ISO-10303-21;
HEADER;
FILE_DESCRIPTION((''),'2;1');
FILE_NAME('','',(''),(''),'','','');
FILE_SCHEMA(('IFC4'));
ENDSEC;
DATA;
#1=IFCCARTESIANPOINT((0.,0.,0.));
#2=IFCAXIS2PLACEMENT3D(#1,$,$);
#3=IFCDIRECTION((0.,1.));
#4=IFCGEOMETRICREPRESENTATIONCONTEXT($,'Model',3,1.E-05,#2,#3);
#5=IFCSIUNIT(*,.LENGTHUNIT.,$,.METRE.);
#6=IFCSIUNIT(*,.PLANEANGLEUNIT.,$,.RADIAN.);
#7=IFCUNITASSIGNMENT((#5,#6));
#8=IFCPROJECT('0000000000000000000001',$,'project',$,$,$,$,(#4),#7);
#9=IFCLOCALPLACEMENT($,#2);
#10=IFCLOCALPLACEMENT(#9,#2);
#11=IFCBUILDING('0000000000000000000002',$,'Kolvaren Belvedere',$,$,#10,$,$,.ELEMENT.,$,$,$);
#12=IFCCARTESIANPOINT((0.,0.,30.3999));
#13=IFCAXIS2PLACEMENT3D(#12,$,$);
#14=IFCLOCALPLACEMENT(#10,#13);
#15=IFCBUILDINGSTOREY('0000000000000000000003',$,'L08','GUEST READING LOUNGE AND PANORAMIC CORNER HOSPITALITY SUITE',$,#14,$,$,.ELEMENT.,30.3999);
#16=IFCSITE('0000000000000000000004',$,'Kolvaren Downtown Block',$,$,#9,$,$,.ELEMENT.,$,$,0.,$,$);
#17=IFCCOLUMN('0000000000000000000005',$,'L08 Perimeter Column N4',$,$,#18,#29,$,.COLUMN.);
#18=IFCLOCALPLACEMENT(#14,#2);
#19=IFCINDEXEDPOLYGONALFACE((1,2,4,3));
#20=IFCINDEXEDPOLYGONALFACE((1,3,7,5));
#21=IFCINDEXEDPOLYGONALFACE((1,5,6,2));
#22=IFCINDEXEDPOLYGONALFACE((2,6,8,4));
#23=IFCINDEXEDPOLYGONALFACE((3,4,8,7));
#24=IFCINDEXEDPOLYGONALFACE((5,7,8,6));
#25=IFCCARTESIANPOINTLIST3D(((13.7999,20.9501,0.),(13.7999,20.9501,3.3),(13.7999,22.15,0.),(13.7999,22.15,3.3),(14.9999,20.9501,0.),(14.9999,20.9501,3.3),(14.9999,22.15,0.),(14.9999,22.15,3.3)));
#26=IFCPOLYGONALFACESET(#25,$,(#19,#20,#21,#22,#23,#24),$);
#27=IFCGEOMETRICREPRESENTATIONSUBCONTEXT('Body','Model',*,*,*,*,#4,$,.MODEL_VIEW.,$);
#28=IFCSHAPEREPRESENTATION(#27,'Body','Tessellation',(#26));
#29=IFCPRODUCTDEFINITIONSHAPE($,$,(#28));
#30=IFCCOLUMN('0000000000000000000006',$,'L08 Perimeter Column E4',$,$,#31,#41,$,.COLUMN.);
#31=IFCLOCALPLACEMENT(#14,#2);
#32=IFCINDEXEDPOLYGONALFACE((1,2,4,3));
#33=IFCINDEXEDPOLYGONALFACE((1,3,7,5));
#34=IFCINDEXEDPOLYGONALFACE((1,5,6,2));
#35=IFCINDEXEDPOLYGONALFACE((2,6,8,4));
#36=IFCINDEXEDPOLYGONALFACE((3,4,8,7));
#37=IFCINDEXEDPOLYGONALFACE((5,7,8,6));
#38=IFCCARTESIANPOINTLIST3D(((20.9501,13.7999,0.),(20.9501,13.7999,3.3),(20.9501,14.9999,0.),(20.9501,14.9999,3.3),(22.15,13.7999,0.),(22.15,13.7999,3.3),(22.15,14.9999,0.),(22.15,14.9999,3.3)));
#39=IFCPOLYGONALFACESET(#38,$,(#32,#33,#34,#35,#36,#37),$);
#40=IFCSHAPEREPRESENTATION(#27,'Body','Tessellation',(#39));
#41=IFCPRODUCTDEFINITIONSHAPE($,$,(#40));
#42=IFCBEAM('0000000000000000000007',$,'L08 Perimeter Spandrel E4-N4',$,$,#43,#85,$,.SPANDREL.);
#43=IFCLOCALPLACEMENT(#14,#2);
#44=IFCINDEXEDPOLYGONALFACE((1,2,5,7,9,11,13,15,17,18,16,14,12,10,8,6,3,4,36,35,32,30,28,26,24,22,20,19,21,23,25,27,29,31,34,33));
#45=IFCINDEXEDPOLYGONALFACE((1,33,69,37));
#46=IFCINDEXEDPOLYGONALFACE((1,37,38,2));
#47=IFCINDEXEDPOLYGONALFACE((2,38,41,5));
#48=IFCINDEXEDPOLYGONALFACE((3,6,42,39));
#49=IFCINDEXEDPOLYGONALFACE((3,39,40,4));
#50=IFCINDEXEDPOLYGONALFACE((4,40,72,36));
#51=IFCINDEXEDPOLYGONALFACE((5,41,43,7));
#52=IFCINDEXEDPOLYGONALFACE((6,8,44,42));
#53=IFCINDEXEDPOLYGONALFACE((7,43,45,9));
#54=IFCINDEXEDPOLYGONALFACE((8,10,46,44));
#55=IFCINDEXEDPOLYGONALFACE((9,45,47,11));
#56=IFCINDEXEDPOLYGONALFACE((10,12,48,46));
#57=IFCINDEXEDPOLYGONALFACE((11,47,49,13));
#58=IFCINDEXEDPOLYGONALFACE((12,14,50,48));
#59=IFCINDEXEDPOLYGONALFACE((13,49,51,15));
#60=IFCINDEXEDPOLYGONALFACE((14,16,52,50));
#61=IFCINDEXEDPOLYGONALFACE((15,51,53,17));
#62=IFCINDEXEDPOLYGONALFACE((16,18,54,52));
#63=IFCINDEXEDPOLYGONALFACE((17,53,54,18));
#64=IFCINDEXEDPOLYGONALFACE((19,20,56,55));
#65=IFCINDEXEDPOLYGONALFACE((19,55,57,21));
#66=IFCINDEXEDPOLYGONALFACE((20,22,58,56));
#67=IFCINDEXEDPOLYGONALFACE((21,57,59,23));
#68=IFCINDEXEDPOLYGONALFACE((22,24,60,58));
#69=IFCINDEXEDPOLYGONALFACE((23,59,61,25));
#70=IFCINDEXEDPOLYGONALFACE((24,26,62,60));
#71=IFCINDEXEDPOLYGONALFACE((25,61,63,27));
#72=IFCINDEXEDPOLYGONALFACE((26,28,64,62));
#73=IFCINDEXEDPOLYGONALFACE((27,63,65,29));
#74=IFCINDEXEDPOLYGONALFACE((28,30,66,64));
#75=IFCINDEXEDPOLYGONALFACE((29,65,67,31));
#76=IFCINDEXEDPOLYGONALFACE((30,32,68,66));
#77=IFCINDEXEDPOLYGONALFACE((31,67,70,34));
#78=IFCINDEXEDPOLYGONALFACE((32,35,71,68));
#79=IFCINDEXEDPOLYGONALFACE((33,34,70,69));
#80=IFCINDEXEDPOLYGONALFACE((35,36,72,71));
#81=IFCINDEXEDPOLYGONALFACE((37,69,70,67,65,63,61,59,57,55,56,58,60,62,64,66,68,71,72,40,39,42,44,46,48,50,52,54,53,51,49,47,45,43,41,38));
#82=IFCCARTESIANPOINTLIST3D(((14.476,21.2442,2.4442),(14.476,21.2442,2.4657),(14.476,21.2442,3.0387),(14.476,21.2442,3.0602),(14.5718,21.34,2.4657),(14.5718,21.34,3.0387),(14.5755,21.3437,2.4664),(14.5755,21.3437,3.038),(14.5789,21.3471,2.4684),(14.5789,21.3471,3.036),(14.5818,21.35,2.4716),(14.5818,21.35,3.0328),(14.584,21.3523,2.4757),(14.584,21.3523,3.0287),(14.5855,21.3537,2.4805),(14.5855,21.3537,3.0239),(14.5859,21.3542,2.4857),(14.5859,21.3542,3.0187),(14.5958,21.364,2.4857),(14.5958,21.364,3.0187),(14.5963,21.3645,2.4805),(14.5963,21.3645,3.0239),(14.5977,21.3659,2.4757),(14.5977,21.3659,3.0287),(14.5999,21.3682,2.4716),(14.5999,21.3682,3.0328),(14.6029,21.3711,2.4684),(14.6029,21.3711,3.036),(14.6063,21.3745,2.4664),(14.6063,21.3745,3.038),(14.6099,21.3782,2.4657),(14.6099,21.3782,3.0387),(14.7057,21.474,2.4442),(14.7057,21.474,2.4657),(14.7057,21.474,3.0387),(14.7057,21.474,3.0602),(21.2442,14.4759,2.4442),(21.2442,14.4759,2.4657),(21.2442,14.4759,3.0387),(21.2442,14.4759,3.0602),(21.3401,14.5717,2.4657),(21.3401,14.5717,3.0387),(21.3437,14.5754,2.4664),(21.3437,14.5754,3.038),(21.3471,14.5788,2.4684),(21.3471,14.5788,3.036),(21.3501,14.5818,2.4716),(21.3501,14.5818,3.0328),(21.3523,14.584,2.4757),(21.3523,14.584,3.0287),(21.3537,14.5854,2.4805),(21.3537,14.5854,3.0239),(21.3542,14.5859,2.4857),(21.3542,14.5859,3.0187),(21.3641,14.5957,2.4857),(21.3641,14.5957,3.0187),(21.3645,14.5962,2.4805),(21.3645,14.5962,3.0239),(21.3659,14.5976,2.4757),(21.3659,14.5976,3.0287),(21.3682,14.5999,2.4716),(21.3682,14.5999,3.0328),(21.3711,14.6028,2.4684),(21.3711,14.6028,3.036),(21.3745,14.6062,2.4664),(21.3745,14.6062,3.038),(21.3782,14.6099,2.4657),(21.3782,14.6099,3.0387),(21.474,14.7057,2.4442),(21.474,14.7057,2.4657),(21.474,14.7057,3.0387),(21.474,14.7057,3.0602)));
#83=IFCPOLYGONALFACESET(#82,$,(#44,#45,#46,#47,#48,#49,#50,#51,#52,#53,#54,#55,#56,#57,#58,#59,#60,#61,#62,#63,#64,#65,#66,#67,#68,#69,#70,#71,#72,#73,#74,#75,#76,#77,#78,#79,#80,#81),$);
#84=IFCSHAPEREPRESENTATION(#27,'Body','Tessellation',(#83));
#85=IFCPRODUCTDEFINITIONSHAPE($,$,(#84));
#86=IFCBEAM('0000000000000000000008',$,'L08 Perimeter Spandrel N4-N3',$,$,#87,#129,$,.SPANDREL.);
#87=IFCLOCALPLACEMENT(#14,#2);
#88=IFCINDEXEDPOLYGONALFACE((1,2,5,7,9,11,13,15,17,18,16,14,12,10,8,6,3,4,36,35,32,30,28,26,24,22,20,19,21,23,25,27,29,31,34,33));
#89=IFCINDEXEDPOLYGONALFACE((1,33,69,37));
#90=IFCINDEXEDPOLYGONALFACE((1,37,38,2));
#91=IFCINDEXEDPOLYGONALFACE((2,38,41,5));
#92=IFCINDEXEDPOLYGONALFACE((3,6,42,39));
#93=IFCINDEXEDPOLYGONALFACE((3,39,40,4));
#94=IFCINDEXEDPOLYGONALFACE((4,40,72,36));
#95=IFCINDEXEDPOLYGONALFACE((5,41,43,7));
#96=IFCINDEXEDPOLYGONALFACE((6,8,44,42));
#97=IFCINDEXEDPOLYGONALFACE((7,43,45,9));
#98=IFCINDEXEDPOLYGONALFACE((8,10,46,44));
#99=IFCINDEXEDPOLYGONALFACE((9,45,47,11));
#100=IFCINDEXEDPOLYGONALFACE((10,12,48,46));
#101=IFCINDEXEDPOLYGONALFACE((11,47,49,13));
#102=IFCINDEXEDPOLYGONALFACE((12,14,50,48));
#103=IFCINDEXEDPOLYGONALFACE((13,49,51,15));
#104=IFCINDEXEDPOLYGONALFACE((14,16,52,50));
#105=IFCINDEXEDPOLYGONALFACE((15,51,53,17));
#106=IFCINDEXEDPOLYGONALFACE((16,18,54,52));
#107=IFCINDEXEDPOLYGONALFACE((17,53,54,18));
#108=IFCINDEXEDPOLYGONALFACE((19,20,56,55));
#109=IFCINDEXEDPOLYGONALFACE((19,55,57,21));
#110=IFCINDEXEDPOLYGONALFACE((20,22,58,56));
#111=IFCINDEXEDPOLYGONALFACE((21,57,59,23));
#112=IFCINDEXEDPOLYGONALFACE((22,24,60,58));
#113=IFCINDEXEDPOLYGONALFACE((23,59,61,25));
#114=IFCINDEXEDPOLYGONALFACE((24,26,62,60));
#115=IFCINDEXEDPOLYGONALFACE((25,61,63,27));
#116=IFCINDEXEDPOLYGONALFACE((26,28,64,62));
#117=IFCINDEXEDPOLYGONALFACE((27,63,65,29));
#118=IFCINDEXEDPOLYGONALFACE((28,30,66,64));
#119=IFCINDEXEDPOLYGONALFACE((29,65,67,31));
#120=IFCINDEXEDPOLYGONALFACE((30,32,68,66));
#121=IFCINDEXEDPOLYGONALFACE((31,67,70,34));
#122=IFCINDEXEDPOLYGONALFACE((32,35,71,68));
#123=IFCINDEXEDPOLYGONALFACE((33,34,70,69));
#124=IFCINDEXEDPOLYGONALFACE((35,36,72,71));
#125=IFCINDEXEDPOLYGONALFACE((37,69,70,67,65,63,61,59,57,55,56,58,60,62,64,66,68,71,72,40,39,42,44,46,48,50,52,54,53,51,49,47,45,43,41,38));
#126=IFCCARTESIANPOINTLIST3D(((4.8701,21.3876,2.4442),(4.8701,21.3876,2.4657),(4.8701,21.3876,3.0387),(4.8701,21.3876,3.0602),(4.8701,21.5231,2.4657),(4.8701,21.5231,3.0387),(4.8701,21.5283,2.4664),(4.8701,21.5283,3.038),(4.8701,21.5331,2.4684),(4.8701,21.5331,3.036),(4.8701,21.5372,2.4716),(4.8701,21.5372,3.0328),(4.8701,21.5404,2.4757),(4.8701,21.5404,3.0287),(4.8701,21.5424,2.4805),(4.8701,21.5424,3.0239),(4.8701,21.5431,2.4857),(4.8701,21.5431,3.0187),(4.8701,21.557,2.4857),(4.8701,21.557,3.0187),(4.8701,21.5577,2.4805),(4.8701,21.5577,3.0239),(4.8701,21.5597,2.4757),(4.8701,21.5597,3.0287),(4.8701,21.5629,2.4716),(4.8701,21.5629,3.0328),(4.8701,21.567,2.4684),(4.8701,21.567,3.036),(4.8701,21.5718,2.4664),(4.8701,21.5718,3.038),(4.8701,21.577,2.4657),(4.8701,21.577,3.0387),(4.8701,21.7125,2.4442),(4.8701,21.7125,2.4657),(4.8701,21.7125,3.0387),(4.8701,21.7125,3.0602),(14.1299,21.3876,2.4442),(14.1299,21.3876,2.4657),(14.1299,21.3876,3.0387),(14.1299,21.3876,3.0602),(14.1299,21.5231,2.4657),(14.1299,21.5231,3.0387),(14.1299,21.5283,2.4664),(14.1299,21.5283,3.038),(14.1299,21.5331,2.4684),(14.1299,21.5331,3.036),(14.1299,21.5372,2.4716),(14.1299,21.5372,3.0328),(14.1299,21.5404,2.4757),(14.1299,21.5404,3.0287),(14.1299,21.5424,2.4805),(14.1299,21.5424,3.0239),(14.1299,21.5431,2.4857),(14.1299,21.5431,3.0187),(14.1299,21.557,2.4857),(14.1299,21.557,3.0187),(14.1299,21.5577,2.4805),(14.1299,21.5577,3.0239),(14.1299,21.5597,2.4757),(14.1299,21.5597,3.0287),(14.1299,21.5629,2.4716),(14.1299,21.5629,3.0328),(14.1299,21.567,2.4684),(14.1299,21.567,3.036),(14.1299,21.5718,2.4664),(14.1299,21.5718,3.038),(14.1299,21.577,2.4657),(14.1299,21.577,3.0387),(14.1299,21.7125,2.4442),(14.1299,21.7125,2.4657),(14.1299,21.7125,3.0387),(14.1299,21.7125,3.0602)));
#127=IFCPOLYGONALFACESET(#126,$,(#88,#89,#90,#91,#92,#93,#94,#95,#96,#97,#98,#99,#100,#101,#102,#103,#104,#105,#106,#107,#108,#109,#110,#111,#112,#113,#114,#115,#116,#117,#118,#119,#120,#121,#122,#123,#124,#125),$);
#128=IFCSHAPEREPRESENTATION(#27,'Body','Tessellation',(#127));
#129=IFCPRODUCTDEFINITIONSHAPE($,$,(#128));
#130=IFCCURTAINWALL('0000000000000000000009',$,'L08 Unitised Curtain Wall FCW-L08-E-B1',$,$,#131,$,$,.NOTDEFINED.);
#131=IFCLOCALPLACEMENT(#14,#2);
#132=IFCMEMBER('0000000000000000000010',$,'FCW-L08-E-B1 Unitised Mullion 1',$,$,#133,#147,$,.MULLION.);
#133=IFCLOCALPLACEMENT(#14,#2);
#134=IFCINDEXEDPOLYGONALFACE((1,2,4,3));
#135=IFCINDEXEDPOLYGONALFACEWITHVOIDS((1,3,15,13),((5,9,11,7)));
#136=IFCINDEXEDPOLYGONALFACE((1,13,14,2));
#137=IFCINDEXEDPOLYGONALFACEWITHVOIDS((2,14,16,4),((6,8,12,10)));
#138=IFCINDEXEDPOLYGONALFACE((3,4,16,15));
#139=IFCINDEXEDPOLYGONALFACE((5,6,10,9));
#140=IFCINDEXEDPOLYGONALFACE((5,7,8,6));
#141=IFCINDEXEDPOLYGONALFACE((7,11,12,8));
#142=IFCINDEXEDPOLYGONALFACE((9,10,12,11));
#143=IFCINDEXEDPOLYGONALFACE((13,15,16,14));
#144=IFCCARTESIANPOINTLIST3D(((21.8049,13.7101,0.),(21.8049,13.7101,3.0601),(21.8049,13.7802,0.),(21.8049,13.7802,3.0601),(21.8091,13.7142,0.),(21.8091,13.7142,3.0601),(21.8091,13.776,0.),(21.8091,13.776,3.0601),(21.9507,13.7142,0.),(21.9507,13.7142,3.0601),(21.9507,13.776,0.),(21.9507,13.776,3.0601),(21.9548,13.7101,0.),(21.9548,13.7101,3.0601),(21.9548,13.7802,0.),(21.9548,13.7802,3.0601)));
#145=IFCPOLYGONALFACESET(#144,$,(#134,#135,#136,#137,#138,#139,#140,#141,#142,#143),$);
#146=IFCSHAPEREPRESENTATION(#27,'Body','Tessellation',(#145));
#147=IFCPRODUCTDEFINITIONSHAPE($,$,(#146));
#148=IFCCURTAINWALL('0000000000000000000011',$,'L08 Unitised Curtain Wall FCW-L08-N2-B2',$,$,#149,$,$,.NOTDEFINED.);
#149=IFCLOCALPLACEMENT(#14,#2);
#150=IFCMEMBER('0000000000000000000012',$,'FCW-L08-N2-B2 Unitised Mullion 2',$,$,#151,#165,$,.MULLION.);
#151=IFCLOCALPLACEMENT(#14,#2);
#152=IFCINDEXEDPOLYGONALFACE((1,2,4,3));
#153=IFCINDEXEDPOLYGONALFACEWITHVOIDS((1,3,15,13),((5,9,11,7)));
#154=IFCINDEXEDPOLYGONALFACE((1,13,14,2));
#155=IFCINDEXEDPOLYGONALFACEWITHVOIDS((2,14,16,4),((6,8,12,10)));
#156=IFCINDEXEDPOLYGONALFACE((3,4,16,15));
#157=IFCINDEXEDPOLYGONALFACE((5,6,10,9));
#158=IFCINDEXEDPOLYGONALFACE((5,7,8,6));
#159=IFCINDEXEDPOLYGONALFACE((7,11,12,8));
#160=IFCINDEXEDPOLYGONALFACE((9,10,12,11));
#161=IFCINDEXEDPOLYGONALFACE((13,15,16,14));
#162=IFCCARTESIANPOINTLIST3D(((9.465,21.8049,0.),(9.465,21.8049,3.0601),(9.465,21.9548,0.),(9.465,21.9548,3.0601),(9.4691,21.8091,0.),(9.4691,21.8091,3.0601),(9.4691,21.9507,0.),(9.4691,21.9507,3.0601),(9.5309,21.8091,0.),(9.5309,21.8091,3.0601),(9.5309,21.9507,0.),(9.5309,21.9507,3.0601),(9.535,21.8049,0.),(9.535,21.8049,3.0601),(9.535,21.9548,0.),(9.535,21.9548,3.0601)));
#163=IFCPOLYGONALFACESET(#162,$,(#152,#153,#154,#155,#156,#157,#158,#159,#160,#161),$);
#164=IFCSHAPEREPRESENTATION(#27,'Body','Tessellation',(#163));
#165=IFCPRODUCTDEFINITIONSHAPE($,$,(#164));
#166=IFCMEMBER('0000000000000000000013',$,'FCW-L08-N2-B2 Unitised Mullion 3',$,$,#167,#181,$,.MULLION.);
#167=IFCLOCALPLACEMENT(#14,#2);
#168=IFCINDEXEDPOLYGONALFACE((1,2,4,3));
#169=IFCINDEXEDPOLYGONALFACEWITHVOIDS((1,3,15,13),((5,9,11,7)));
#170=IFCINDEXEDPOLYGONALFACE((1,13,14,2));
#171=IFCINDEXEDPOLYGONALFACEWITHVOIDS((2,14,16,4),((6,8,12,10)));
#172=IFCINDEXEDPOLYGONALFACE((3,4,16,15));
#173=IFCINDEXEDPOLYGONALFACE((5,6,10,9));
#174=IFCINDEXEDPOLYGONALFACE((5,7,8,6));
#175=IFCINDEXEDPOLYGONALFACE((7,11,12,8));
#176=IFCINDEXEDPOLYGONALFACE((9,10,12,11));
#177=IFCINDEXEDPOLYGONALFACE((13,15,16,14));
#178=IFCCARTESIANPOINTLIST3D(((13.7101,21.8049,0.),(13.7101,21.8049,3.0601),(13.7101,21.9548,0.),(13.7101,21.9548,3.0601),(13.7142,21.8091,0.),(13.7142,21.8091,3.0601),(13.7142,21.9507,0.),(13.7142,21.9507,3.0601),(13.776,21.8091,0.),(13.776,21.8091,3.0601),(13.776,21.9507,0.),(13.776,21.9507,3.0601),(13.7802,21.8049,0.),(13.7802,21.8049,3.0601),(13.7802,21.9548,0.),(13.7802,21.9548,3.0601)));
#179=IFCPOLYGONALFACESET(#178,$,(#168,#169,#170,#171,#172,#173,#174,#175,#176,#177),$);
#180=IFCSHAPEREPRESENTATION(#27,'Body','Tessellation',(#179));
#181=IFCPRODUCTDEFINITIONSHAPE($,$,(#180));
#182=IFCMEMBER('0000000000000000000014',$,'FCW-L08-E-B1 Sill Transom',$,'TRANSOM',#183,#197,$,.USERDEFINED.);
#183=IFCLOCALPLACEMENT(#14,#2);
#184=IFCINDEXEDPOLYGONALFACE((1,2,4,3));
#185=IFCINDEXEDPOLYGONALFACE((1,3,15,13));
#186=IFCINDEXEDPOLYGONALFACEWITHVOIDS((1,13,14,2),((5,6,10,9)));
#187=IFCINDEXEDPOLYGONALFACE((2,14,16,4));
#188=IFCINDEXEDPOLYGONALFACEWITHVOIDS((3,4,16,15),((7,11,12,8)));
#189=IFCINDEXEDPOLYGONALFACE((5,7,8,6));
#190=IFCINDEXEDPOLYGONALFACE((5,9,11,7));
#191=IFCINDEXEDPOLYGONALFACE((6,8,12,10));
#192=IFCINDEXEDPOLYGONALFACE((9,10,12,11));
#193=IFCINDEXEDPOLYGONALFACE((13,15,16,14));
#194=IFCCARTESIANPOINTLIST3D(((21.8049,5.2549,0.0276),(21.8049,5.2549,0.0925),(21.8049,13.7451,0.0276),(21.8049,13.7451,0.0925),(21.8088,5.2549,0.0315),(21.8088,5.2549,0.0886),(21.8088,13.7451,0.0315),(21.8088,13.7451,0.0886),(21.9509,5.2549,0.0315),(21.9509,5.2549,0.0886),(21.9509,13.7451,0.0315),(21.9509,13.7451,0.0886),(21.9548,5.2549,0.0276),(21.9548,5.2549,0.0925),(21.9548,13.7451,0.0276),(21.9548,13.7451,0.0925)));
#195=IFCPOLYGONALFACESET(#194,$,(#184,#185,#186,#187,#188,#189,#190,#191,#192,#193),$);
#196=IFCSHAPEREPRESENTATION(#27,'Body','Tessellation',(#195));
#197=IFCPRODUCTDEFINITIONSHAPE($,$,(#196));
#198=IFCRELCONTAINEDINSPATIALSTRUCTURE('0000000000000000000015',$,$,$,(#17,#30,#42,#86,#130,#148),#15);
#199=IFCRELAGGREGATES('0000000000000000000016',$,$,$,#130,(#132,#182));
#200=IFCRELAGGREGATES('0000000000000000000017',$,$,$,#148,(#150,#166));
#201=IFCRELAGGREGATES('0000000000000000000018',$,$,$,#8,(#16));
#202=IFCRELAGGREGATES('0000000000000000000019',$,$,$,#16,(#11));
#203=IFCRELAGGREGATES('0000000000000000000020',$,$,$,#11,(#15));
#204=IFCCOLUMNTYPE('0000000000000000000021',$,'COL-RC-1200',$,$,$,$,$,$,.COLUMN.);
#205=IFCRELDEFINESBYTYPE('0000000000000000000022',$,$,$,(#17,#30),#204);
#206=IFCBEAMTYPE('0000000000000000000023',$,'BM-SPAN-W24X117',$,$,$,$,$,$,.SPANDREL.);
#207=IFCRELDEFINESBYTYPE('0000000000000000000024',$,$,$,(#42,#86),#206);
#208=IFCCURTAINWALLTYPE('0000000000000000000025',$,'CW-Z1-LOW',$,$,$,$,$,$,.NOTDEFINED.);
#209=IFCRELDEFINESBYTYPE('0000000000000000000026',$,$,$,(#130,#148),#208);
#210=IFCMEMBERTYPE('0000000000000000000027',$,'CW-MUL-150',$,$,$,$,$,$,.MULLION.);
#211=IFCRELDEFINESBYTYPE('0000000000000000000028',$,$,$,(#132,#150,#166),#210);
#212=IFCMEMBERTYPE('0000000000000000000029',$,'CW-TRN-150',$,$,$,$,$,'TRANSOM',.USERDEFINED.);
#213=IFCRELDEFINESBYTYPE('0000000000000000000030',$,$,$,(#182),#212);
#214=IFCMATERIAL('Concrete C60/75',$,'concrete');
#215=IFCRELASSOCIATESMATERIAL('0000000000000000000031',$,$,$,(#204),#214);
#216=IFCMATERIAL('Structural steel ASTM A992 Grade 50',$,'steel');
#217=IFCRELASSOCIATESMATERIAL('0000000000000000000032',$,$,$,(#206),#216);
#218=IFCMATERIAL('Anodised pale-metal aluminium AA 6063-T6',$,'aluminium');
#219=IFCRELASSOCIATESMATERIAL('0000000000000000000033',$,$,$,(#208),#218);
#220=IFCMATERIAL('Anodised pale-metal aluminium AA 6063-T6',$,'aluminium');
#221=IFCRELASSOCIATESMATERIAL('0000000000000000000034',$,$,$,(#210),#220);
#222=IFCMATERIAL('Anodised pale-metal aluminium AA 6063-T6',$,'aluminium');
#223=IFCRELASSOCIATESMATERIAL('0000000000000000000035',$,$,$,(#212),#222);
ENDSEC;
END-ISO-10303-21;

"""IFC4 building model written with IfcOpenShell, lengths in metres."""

from ifc_helpers import new_model, si_unit, direction, frame, origin, origin_2d, place, context, subcontext, project, spatial, rectangle, hollow_rectangle, i_section, extrude, material, material_profile, profile_set, type_object, element, aggregate, save


model = new_model("IFC4")

# Units and contexts
model_context = context("Model", 3, precision=1e-05, world=origin(), true_north=direction((0.0, 1.0)))
body_context = subcontext(model_context, "Body", "Model", "MODEL_VIEW")
ifc_project = project(units=[si_unit("LENGTHUNIT", "METRE"), si_unit("PLANEANGLEUNIT", "RADIAN")], contexts=[model_context])

# Site, building, storey
site_placement = place(None, origin())
site = spatial("IfcSite", under=ifc_project, at=site_placement, Name="Kolvaren Downtown Block", CompositionType="ELEMENT", RefElevation=0.0)
building_placement = place(site_placement, origin())
building = spatial("IfcBuilding", under=site, at=building_placement, Name="Kolvaren Belvedere", CompositionType="ELEMENT")
storey_placement = place(building_placement, frame((0.0, 0.0, 30.3999)))
storey = spatial("IfcBuildingStorey", under=building, at=storey_placement, Name="L08", Description="GUEST READING LOUNGE AND PANORAMIC CORNER HOSPITALITY SUITE", CompositionType="ELEMENT", Elevation=30.3999)

# Columns
ifc_material_1 = material(Name="Concrete C60/75", Category="concrete")
ifc_material_profile_1 = material_profile(ifc_material_1, rectangle(XDim=1.2, YDim=1.2, at=origin_2d()), Name="RC 1200X1200")
ifc_profile_set_1 = profile_set([ifc_material_profile_1], Name="Concrete C60/75")
column_type = type_object("IfcColumnType", Name="COL-RC-1200", PredefinedType="COLUMN", material=ifc_profile_set_1)
for number, where, z_axis, x_axis, name in (
    (1, (14.3999, 21.55, 0.0), (0.0, 0.0, 1.0), (1.0, 0.0, 0.0), "L08 Perimeter Column N4"),
    (2, (21.55, 14.3999, 0.0), (0.0, 0.0, 1.0), (1.0, 0.0, 0.0), "L08 Perimeter Column E4"),
):
    element("IfcColumn", number, at=place(storey_placement, frame(where, z_axis=z_axis, x_axis=x_axis)), inside=storey, type_object=column_type, Name=name, PredefinedType="COLUMN", context=body_context, shape_type="SweptSolid", body=[
        extrude(rectangle(XDim=1.2, YDim=1.2, at=origin_2d()), origin(), (0.0, 0.0, 1.0), 3.3),
    ])

# Beams
ifc_material_2 = material(Name="Structural steel ASTM A992 Grade 50", Category="steel")
ifc_material_profile_2 = material_profile(ifc_material_2, i_section(OverallWidth=0.325, OverallDepth=0.616, WebThickness=0.0139, FlangeThickness=0.0215, FilletRadius=0.02, at=origin_2d()), Name="W24X117")
ifc_profile_set_2 = profile_set([ifc_material_profile_2], Name="Structural steel ASTM A992 Grade 50")
beam_type = type_object("IfcBeamType", Name="BM-SPAN-W24X117", PredefinedType="SPANDREL", material=ifc_profile_set_2)
beam_1_placement = place(storey_placement, frame((21.3591, 14.5908, 2.7522), z_axis=(-0.707107, 0.707107, 0.0), x_axis=(-0.707107, -0.707107, 0.0)))
element("IfcBeam", 3, at=beam_1_placement, inside=storey, type_object=beam_type, Name="L08 Perimeter Spandrel E4-N4", PredefinedType="SPANDREL", context=body_context, shape_type="SweptSolid", body=[
    extrude(i_section(OverallWidth=0.325, OverallDepth=0.616, WebThickness=0.0139, FlangeThickness=0.0215, FilletRadius=0.02, at=origin_2d()), origin(), (0.0, 0.0, 1.0), 9.5718),
])
beam_2_placement = place(storey_placement, frame((14.1299, 21.55, 2.7522), z_axis=(-1.0, 0.0, 0.0), x_axis=(0.0, -1.0, 0.0)))
element("IfcBeam", 4, at=beam_2_placement, inside=storey, type_object=beam_type, Name="L08 Perimeter Spandrel N4-N3", PredefinedType="SPANDREL", context=body_context, shape_type="SweptSolid", body=[
    extrude(i_section(OverallWidth=0.325, OverallDepth=0.616, WebThickness=0.0139, FlangeThickness=0.0215, FilletRadius=0.02, at=origin_2d()), origin(), (0.0, 0.0, 1.0), 9.2598),
])

# Curtain wall, member
ifc_material_3 = material(Name="Anodised pale-metal aluminium AA 6063-T6", Category="aluminium")
curtain_wall_type = type_object("IfcCurtainWallType", Name="CW-Z1-LOW", PredefinedType="NOTDEFINED", material=ifc_material_3)
curtain_wall_1_placement = place(storey_placement, origin())
curtain_wall_1 = element("IfcCurtainWall", 5, at=curtain_wall_1_placement, inside=storey, type_object=curtain_wall_type, Name="L08 Unitised Curtain Wall FCW-L08-E-B1", PredefinedType="NOTDEFINED")
ifc_material_4 = material(Name="Anodised pale-metal aluminium AA 6063-T6", Category="aluminium")
ifc_material_profile_3 = material_profile(ifc_material_4, hollow_rectangle(XDim=0.0701, YDim=0.1499, WallThickness=0.0042, at=origin_2d()), Name="ALU-MUL-150X70")
ifc_profile_set_3 = profile_set([ifc_material_profile_3], Name="Anodised pale-metal aluminium AA 6063-T6")
member_type_1 = type_object("IfcMemberType", Name="CW-MUL-150", PredefinedType="MULLION", material=ifc_profile_set_3)
member_1_placement = place(storey_placement, frame((21.8799, 13.7451, 0.0), z_axis=(0.0, 0.0, 1.0), x_axis=(0.0, 1.0, 0.0)))
member_1 = element("IfcMember", 6, at=member_1_placement, type_object=member_type_1, Name="FCW-L08-E-B1 Unitised Mullion 1", PredefinedType="MULLION", context=body_context, shape_type="SweptSolid", body=[
    extrude(hollow_rectangle(XDim=0.0701, YDim=0.1499, WallThickness=0.0042, at=origin_2d()), origin(), (0.0, 0.0, 1.0), 3.0601),
])

# Curtain wall, members
curtain_wall_2_placement = place(storey_placement, origin())
curtain_wall_2 = element("IfcCurtainWall", 7, at=curtain_wall_2_placement, inside=storey, type_object=curtain_wall_type, Name="L08 Unitised Curtain Wall FCW-L08-N2-B2", PredefinedType="NOTDEFINED")
member_2_placement = place(storey_placement, frame((9.5, 21.8799, 0.0), z_axis=(0.0, 0.0, 1.0), x_axis=(1.0, 0.0, 0.0)))
member_2 = element("IfcMember", 8, at=member_2_placement, type_object=member_type_1, Name="FCW-L08-N2-B2 Unitised Mullion 2", PredefinedType="MULLION", context=body_context, shape_type="SweptSolid", body=[
    extrude(hollow_rectangle(XDim=0.0701, YDim=0.1499, WallThickness=0.0042, at=origin_2d()), origin(), (0.0, 0.0, 1.0), 3.0601),
])
member_3_placement = place(storey_placement, frame((13.7451, 21.8799, 0.0), z_axis=(0.0, 0.0, 1.0), x_axis=(1.0, 0.0, 0.0)))
member_3 = element("IfcMember", 9, at=member_3_placement, type_object=member_type_1, Name="FCW-L08-N2-B2 Unitised Mullion 3", PredefinedType="MULLION", context=body_context, shape_type="SweptSolid", body=[
    extrude(hollow_rectangle(XDim=0.0701, YDim=0.1499, WallThickness=0.0042, at=origin_2d()), origin(), (0.0, 0.0, 1.0), 3.0601),
])

# Member
ifc_material_5 = material(Name="Anodised pale-metal aluminium AA 6063-T6", Category="aluminium")
ifc_material_profile_4 = material_profile(ifc_material_5, hollow_rectangle(XDim=0.0649, YDim=0.1499, WallThickness=0.0039, at=origin_2d()), Name="ALU-TRN-150X65")
ifc_profile_set_4 = profile_set([ifc_material_profile_4], Name="Anodised pale-metal aluminium AA 6063-T6")
member_type_2 = type_object("IfcMemberType", Name="CW-TRN-150", ElementType="TRANSOM", PredefinedType="USERDEFINED", material=ifc_profile_set_4)
member_4_placement = place(storey_placement, frame((21.8799, 13.7451, 0.0601), z_axis=(0.0, -1.0, 0.0), x_axis=(0.0, 0.0, 1.0)))
member_4 = element("IfcMember", 10, at=member_4_placement, type_object=member_type_2, Name="FCW-L08-E-B1 Sill Transom", ObjectType="TRANSOM", PredefinedType="USERDEFINED", context=body_context, shape_type="SweptSolid", body=[
    extrude(hollow_rectangle(XDim=0.0649, YDim=0.1499, WallThickness=0.0039, at=origin_2d()), origin(), (0.0, 0.0, 1.0), 8.4902),
])

aggregate(curtain_wall_1, [member_1, member_4])
aggregate(curtain_wall_2, [member_2, member_3])

save(model, "model.ifc")
